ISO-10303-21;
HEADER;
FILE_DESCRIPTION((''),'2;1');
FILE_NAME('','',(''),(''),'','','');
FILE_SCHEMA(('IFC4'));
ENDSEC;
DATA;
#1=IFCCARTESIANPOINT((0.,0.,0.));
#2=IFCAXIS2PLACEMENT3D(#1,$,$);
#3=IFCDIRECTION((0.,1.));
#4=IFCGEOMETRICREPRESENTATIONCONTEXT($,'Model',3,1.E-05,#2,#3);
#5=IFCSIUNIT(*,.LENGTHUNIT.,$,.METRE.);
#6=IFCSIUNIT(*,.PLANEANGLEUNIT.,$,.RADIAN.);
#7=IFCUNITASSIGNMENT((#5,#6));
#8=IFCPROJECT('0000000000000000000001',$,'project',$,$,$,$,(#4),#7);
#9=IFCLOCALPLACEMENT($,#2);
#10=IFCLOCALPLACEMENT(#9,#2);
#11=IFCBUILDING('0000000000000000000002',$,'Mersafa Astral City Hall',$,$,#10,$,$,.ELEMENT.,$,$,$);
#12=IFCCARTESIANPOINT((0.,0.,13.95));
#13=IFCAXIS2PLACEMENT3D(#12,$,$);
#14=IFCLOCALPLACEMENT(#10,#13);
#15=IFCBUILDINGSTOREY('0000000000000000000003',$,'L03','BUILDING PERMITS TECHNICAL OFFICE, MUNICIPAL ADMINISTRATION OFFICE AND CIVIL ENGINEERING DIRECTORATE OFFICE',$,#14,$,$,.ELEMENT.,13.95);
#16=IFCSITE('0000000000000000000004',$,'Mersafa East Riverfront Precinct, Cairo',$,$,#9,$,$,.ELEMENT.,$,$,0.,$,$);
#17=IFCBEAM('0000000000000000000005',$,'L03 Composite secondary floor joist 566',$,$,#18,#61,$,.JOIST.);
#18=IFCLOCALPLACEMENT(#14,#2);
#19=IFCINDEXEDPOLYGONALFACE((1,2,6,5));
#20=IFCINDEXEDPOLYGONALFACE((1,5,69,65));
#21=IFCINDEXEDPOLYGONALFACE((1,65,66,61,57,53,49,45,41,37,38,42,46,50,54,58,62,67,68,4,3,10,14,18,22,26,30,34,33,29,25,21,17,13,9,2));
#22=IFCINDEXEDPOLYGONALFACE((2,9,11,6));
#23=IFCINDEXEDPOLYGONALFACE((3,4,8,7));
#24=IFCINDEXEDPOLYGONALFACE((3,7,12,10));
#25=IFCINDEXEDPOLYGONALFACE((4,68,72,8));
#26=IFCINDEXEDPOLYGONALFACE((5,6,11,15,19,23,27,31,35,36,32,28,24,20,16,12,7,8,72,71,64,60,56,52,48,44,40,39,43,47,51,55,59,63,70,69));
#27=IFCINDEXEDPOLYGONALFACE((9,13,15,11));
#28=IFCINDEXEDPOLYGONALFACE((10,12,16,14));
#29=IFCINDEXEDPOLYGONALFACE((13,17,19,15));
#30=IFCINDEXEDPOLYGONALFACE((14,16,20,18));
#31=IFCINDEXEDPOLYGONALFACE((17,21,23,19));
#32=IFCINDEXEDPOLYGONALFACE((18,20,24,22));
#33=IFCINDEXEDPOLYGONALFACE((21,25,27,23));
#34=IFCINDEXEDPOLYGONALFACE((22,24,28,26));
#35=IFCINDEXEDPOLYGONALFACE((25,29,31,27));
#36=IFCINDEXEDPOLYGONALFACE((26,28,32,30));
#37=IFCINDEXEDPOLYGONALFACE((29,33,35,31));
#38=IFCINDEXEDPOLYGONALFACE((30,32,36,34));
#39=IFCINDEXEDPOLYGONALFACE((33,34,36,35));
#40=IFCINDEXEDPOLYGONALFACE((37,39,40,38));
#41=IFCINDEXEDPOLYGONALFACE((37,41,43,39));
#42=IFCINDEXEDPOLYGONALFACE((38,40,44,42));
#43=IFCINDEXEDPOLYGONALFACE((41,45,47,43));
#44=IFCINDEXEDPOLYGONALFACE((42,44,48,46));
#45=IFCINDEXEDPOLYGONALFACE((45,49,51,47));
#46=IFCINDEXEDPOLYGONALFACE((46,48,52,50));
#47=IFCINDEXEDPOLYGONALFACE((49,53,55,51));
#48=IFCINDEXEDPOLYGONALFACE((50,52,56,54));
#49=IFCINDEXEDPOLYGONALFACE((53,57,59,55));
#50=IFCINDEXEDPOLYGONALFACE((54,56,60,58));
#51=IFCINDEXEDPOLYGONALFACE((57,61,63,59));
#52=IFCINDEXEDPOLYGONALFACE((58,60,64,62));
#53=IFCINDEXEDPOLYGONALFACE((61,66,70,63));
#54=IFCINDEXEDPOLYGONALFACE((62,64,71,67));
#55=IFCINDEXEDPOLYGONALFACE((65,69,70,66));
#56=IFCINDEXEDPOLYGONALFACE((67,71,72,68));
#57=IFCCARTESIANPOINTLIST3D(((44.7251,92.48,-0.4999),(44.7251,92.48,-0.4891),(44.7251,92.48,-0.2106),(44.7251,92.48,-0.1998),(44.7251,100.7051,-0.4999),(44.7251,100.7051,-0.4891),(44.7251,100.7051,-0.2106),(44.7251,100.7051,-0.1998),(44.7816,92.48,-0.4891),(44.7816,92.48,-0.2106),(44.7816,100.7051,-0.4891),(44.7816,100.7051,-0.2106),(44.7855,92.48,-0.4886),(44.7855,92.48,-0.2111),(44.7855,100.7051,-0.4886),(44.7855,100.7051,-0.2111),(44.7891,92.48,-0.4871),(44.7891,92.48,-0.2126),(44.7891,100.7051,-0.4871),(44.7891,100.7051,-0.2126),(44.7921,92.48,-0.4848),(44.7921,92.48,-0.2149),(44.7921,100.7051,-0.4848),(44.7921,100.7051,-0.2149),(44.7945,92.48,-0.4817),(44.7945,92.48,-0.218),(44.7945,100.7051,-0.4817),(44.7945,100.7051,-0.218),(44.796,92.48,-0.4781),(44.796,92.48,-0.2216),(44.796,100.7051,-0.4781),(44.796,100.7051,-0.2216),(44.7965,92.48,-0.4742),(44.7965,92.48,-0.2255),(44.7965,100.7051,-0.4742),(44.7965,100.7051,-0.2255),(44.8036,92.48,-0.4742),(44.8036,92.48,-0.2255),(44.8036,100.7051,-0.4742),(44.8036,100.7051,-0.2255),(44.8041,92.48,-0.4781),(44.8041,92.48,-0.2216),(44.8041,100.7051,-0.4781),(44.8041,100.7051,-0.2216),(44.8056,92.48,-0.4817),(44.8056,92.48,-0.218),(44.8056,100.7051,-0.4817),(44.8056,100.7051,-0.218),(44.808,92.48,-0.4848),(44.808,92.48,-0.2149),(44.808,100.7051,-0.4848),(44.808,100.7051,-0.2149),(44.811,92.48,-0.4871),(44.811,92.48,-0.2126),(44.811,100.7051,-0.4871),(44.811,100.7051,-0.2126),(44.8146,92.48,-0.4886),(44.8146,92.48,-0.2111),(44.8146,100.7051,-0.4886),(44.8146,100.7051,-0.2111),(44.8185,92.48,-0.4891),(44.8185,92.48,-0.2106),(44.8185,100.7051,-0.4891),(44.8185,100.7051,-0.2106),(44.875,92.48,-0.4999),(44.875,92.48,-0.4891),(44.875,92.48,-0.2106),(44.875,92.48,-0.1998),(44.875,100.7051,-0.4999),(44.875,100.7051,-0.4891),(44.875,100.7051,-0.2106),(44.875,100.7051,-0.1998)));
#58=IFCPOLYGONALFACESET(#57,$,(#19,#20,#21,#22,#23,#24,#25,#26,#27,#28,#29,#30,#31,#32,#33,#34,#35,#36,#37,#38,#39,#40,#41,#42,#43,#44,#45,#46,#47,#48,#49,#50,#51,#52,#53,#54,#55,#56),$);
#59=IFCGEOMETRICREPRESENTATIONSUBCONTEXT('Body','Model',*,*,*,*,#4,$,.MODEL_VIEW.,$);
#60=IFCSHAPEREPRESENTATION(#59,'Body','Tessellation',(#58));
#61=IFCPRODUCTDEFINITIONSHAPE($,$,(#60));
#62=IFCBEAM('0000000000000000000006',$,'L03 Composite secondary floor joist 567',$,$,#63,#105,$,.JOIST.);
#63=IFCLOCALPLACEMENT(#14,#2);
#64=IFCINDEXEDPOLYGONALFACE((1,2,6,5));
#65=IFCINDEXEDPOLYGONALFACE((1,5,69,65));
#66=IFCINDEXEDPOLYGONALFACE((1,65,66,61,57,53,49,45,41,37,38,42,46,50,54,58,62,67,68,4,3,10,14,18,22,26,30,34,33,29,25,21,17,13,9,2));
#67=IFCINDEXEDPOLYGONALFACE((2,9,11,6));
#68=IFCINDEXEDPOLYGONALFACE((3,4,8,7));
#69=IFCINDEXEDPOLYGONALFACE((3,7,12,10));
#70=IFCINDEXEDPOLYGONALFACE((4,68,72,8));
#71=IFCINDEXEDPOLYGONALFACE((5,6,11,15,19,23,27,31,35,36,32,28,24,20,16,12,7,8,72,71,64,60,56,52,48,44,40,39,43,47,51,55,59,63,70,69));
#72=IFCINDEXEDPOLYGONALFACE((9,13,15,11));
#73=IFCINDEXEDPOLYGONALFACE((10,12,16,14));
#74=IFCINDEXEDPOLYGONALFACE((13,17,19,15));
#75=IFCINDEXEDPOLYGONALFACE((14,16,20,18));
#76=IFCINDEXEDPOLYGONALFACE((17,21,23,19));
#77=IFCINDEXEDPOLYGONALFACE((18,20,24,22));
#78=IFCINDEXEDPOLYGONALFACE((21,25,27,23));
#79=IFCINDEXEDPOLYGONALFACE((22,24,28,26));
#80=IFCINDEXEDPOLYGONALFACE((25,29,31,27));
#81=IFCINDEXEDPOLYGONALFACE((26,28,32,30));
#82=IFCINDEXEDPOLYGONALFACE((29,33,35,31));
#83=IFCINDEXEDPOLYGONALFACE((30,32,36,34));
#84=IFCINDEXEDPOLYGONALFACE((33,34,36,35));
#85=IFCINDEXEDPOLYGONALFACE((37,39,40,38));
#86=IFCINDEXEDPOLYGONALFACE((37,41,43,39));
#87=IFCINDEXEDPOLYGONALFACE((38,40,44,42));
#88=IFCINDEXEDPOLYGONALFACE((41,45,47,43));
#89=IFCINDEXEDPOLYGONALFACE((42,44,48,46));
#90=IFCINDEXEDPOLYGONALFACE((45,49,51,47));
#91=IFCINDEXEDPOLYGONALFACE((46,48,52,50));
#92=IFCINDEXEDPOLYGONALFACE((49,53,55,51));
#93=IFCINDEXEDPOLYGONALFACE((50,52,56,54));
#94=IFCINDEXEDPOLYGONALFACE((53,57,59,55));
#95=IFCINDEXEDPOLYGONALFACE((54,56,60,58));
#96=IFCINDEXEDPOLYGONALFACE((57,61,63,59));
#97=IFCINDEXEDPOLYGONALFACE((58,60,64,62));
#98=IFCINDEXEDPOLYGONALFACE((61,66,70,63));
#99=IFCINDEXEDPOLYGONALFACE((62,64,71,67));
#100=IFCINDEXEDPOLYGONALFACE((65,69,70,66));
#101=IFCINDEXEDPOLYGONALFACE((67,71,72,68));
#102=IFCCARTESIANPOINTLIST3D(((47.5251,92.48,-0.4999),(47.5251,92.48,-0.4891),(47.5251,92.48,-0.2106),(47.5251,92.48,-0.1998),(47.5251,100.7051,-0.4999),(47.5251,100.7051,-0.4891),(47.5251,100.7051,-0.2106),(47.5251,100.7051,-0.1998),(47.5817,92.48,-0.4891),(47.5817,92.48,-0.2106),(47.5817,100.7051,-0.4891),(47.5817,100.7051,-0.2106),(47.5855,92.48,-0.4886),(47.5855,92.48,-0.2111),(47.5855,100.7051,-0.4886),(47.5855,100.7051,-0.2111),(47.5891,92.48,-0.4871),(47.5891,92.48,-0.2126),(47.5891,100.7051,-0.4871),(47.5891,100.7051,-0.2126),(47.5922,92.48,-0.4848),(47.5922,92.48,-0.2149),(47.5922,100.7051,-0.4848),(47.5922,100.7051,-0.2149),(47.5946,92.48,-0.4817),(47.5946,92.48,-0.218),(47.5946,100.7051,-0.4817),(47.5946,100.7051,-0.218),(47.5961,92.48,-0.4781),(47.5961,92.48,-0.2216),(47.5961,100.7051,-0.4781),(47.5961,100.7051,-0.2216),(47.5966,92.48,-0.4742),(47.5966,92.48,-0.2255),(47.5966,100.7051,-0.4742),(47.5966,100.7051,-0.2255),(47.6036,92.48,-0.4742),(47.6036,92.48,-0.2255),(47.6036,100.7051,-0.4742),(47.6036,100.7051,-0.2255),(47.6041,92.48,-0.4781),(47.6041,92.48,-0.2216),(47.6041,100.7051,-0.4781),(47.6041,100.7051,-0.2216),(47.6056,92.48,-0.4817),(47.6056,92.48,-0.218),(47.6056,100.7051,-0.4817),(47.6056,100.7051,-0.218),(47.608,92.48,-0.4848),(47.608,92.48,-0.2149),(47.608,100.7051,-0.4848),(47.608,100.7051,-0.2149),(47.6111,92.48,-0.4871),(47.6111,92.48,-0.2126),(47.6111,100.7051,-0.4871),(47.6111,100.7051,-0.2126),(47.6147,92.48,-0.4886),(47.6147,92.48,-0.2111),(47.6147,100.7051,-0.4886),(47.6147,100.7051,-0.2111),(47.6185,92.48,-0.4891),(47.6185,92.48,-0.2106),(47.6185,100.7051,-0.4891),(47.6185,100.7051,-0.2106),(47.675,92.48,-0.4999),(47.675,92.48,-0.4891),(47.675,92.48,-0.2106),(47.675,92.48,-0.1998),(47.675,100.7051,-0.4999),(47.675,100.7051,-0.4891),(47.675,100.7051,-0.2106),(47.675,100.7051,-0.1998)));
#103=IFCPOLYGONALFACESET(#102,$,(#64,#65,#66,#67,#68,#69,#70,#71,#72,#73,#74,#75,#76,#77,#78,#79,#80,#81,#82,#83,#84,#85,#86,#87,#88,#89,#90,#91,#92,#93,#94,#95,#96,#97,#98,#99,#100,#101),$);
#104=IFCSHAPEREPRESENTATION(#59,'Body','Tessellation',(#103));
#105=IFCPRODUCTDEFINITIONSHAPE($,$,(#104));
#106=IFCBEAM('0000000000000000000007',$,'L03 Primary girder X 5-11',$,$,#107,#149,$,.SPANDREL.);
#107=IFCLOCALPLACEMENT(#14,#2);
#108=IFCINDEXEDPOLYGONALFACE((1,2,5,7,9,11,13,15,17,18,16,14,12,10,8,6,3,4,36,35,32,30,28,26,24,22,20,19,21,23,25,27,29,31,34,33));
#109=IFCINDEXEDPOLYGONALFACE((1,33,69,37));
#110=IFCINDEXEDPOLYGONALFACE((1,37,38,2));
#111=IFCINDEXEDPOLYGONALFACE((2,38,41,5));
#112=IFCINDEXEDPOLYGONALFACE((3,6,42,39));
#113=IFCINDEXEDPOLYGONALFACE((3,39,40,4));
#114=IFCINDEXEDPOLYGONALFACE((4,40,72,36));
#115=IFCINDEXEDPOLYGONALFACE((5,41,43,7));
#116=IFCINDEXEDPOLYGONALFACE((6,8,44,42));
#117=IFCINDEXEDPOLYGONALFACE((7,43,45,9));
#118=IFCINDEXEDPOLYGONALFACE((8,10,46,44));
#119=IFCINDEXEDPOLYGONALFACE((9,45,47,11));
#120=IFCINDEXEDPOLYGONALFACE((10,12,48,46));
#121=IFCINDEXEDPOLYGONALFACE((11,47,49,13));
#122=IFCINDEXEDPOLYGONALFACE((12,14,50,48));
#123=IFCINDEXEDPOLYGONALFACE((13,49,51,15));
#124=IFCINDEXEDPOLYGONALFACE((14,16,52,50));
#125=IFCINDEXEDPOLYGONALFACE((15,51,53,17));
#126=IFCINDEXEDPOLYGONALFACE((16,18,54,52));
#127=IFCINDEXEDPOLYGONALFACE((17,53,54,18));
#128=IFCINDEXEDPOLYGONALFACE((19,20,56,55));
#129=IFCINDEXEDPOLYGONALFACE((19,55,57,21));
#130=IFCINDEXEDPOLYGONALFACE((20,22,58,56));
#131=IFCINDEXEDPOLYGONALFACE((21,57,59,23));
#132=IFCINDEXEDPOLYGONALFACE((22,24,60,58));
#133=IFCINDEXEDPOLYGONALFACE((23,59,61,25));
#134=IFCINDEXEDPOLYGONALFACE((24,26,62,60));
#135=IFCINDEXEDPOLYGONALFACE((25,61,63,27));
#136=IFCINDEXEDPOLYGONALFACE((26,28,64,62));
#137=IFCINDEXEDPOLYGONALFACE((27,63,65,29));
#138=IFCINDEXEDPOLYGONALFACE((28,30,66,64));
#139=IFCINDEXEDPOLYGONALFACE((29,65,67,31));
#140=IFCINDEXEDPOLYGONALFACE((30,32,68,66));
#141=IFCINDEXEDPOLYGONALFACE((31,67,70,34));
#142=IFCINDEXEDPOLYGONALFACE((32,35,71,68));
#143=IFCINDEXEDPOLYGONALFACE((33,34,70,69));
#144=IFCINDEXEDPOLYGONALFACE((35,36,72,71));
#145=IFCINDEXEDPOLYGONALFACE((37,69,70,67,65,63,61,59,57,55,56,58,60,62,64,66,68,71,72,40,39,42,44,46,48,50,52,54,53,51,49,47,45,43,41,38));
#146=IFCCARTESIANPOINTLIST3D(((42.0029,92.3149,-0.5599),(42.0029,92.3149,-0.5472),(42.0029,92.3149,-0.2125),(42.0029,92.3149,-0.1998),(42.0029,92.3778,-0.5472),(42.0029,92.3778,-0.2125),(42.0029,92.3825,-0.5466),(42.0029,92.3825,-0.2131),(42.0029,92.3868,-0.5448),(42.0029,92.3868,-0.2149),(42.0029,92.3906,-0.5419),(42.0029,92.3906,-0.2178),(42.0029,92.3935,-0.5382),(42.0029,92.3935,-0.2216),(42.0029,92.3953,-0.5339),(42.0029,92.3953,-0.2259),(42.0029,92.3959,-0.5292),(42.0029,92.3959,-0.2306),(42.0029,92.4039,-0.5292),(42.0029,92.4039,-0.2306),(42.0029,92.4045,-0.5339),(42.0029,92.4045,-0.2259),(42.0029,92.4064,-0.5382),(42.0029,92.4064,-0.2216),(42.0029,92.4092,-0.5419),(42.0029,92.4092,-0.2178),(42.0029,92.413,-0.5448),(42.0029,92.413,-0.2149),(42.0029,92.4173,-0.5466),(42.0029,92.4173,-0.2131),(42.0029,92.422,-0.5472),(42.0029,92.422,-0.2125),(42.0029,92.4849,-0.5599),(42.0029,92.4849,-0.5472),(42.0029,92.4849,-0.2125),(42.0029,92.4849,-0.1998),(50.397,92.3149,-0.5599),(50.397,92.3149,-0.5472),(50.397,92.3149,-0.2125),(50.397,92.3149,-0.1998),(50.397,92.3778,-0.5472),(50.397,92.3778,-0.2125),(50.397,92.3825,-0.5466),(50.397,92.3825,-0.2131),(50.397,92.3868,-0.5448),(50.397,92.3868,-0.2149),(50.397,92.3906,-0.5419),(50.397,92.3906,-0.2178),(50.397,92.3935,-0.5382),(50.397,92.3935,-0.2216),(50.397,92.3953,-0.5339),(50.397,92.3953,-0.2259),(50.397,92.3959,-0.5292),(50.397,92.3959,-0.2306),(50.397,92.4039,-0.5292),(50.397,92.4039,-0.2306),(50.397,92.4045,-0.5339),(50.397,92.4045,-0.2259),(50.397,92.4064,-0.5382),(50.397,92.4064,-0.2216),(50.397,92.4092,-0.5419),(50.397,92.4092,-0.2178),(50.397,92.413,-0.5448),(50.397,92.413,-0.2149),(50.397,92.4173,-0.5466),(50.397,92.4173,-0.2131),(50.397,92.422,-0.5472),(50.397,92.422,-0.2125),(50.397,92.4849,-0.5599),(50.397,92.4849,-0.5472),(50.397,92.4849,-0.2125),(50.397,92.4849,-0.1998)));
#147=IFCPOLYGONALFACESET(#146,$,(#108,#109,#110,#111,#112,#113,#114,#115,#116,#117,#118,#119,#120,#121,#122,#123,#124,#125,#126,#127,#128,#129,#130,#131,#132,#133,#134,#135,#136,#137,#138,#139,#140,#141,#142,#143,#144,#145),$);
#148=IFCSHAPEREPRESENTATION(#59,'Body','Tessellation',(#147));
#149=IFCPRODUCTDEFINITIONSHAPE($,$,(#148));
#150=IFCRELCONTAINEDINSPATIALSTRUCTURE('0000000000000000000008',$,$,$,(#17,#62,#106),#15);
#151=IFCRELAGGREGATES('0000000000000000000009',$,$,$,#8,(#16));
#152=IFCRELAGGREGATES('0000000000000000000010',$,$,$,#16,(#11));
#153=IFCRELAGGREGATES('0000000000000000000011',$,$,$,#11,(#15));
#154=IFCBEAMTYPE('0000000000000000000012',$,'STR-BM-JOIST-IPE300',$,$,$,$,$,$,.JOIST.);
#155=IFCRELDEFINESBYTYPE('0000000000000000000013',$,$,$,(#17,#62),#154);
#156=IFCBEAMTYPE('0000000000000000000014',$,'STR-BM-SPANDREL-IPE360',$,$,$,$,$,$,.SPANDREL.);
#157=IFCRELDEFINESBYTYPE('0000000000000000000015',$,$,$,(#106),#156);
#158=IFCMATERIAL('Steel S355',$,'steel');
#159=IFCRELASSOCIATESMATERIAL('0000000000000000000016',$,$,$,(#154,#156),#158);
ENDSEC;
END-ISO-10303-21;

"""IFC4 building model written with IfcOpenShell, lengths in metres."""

from ifc_helpers import new_model, si_unit, direction, frame, origin, origin_2d, place, context, subcontext, project, spatial, i_section, extrude, material, material_profile, profile_set, type_object, element, save


model = new_model("IFC4")

# Units and contexts
model_context = context("Model", 3, precision=1e-05, world=origin(), true_north=direction((0.0, 1.0)))
body_context = subcontext(model_context, "Body", "Model", "MODEL_VIEW")
ifc_project = project(units=[si_unit("LENGTHUNIT", "METRE"), si_unit("PLANEANGLEUNIT", "RADIAN")], contexts=[model_context])

# Site, building, storey
site_placement = place(None, origin())
site = spatial("IfcSite", under=ifc_project, at=site_placement, Name="Mersafa East Riverfront Precinct, Cairo", CompositionType="ELEMENT", RefElevation=0.0)
building_placement = place(site_placement, origin())
building = spatial("IfcBuilding", under=site, at=building_placement, Name="Mersafa Astral City Hall", CompositionType="ELEMENT")
storey_placement = place(building_placement, frame((0.0, 0.0, 13.95)))
storey = spatial("IfcBuildingStorey", under=building, at=storey_placement, Name="L03", Description="BUILDING PERMITS TECHNICAL OFFICE, MUNICIPAL ADMINISTRATION OFFICE AND CIVIL ENGINEERING DIRECTORATE OFFICE", CompositionType="ELEMENT", Elevation=13.95)

# Shared definitions
ifc_material_1 = material(Name="Steel S355", Category="steel")

# Beams
ifc_material_profile_1 = material_profile(ifc_material_1, i_section(OverallWidth=0.1499, OverallDepth=0.3, WebThickness=0.0071, FlangeThickness=0.0107, FilletRadius=0.0149, at=origin_2d()), Name="IPE 300")
ifc_profile_set_1 = profile_set([ifc_material_profile_1], Name="Steel S355")
beam_type_1 = type_object("IfcBeamType", Name="STR-BM-JOIST-IPE300", PredefinedType="JOIST", material=ifc_profile_set_1)
for number, where, z_axis, x_axis, name in (
    (1, (44.8, 92.48, -0.3499), (0.0, 1.0, 0.0), (-1.0, 0.0, 0.0), "L03 Composite secondary floor joist 566"),
    (2, (47.6001, 92.48, -0.3499), (0.0, 1.0, 0.0), (-1.0, 0.0, 0.0), "L03 Composite secondary floor joist 567"),
):
    element("IfcBeam", number, at=place(storey_placement, frame(where, z_axis=z_axis, x_axis=x_axis)), inside=storey, type_object=beam_type_1, Name=name, PredefinedType="JOIST", context=body_context, shape_type="SweptSolid", body=[
        extrude(i_section(OverallWidth=0.1499, OverallDepth=0.3, WebThickness=0.0071, FlangeThickness=0.0107, FilletRadius=0.0149, at=origin_2d()), origin(), (0.0, 0.0, 1.0), 8.2251),
    ])
ifc_material_profile_2 = material_profile(ifc_material_1, i_section(OverallWidth=0.1699, OverallDepth=0.3601, WebThickness=0.0081, FlangeThickness=0.0127, FilletRadius=0.0181, at=origin_2d()), Name="IPE 360")
ifc_profile_set_2 = profile_set([ifc_material_profile_2], Name="Steel S355")
beam_type_2 = type_object("IfcBeamType", Name="STR-BM-SPANDREL-IPE360", PredefinedType="SPANDREL", material=ifc_profile_set_2)
beam_1_placement = place(storey_placement, frame((42.0029, 92.3999, -0.3799), z_axis=(1.0, 0.0, 0.0), x_axis=(0.0, 1.0, 0.0)))
element("IfcBeam", 3, at=beam_1_placement, inside=storey, type_object=beam_type_2, Name="L03 Primary girder X 5-11", PredefinedType="SPANDREL", context=body_context, shape_type="SweptSolid", body=[
    extrude(i_section(OverallWidth=0.1699, OverallDepth=0.3601, WebThickness=0.0081, FlangeThickness=0.0127, FilletRadius=0.0181, at=origin_2d()), origin(), (0.0, 0.0, 1.0), 8.394),
])

save(model, "model.ifc")
